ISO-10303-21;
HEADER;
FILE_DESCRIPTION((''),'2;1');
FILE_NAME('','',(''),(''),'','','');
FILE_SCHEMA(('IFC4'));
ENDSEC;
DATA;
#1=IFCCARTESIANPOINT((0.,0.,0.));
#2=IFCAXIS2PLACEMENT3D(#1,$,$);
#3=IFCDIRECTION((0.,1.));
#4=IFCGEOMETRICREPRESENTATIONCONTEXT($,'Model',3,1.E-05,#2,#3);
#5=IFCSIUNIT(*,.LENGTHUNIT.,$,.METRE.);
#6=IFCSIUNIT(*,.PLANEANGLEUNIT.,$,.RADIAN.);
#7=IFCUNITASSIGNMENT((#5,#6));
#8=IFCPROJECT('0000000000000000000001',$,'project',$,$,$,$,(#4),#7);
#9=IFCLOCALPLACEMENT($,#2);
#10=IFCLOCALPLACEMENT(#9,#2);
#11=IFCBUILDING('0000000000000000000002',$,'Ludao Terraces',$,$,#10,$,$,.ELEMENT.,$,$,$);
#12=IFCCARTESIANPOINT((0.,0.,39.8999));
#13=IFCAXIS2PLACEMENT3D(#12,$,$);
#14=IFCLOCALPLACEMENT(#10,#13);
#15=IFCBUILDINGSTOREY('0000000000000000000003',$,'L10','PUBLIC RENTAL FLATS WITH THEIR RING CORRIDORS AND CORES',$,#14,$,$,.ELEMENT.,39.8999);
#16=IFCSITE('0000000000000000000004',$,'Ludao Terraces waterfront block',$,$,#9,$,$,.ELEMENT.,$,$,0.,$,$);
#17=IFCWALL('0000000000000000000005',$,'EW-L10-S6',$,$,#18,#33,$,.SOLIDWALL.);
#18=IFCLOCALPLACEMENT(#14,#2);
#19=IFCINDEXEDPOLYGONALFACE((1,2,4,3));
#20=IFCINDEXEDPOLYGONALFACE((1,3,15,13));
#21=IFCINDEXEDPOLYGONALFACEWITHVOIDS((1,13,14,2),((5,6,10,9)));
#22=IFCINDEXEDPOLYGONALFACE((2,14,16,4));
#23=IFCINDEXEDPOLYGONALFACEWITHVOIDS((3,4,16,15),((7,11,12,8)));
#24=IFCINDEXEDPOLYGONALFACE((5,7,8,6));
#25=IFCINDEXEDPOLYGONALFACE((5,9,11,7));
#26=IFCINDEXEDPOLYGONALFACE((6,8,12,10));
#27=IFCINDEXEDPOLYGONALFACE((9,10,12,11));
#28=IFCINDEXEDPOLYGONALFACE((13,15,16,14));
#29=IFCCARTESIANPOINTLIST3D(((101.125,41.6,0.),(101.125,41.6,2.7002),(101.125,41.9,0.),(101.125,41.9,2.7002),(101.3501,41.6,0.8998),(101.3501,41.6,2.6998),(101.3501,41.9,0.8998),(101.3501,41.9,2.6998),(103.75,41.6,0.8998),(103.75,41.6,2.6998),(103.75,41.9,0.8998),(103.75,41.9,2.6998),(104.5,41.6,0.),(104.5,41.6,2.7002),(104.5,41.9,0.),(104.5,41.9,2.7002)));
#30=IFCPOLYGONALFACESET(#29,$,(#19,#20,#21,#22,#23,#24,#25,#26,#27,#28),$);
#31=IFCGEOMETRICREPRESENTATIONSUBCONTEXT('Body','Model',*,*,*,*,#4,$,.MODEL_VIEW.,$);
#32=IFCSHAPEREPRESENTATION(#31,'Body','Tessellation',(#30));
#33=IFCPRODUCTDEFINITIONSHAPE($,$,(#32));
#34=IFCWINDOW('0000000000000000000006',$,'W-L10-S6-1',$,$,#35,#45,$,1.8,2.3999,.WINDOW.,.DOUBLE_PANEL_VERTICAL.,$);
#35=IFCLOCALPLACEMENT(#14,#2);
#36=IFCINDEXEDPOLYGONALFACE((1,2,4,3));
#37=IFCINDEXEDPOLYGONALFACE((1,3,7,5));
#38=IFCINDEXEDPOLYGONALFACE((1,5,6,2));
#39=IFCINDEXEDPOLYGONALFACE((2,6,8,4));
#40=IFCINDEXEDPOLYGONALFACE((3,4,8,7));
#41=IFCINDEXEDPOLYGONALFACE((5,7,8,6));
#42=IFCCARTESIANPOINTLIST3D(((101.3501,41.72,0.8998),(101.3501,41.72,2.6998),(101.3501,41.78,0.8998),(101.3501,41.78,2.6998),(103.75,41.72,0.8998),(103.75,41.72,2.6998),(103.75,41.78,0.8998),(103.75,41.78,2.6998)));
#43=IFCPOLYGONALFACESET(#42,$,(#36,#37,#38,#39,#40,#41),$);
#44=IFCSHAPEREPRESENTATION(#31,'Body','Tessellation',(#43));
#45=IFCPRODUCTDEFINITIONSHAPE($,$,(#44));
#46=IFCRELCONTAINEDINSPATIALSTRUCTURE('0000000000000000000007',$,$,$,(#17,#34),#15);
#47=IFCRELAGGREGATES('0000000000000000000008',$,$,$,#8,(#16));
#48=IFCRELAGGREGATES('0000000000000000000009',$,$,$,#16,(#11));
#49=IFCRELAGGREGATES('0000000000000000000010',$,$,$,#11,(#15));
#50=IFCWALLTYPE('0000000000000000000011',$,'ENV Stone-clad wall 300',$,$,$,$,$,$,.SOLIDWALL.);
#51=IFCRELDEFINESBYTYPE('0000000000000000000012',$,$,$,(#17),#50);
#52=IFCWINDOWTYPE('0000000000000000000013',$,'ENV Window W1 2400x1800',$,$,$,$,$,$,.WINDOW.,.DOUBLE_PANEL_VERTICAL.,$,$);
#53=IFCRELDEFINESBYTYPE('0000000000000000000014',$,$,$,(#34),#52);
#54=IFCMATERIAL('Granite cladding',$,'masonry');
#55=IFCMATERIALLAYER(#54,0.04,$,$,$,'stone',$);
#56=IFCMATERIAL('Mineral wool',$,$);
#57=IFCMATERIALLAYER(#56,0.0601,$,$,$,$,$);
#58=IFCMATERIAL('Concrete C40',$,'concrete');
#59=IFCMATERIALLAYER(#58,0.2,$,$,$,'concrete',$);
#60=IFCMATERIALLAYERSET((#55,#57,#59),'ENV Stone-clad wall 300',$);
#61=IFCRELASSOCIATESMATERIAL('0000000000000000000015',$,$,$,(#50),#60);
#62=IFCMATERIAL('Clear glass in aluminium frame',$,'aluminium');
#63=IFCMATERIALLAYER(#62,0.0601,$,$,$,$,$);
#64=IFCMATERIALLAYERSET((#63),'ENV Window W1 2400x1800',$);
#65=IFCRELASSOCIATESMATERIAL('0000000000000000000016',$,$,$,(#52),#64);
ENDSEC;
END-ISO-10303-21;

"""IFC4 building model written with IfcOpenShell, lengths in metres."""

from ifc_helpers import new_model, si_unit, direction, frame, frame_2d, origin, place, context, subcontext, project, spatial, rectangle, extrude, material, layer, layer_set, type_object, element, fill, save


model = new_model("IFC4")

# Units and contexts
model_context = context("Model", 3, precision=1e-05, world=origin(), true_north=direction((0.0, 1.0)))
body_context = subcontext(model_context, "Body", "Model", "MODEL_VIEW")
ifc_project = project(units=[si_unit("LENGTHUNIT", "METRE"), si_unit("PLANEANGLEUNIT", "RADIAN")], contexts=[model_context])

# Site, building, storey
site_placement = place(None, origin())
site = spatial("IfcSite", under=ifc_project, at=site_placement, Name="Ludao Terraces waterfront block", CompositionType="ELEMENT", RefElevation=0.0)
building_placement = place(site_placement, origin())
building = spatial("IfcBuilding", under=site, at=building_placement, Name="Ludao Terraces", CompositionType="ELEMENT")
storey_placement = place(building_placement, frame((0.0, 0.0, 39.8999)))
storey = spatial("IfcBuildingStorey", under=building, at=storey_placement, Name="L10", Description="PUBLIC RENTAL FLATS WITH THEIR RING CORRIDORS AND CORES", CompositionType="ELEMENT", Elevation=39.8999)

# Wall, opening, window
ifc_material_1 = material(Name="Granite cladding", Category="masonry")
ifc_layer_1 = layer(ifc_material_1, 0.04, Category="stone")
ifc_material_2 = material(Name="Mineral wool")
ifc_layer_2 = layer(ifc_material_2, 0.0601)
ifc_material_3 = material(Name="Concrete C40", Category="concrete")
ifc_layer_3 = layer(ifc_material_3, 0.2, Category="concrete")
ifc_layer_set_1 = layer_set([ifc_layer_1, ifc_layer_2, ifc_layer_3], Name="ENV Stone-clad wall 300")
wall_type = type_object("IfcWallType", Name="ENV Stone-clad wall 300", PredefinedType="SOLIDWALL", material=ifc_layer_set_1)
wall_placement = place(storey_placement, frame((101.125, 41.75, 0.0), z_axis=(0.0, 0.0, 1.0), x_axis=(1.0, 0.0, 0.0)))
wall = element("IfcWall", 1, at=wall_placement, inside=storey, type_object=wall_type, Name="EW-L10-S6", PredefinedType="SOLIDWALL", context=body_context, shape_type="SweptSolid", body=[
    extrude(rectangle(XDim=3.375, YDim=0.3, at=frame_2d((1.6875, 0.0))), origin(), (0.0, 0.0, 1.0), 2.7002),
])
opening_placement = place(wall_placement, frame((0.2251, 0.0, 0.8999)))
opening = element("IfcOpeningElement", 2, at=opening_placement, cuts=wall, PredefinedType="OPENING", context=body_context, shape_type="SweptSolid", body=[
    extrude(rectangle(XDim=2.3999, YDim=1.8, at=frame_2d((1.2, 0.8999))), frame((0.0, 0.1602, 0.0), z_axis=(0.0, -1.0, 0.0), x_axis=(1.0, 0.0, 0.0)), (0.0, 0.0, 1.0), 0.3201),
])
ifc_material_4 = material(Name="Clear glass in aluminium frame", Category="aluminium")
ifc_layer_4 = layer(ifc_material_4, 0.0601)
ifc_layer_set_2 = layer_set([ifc_layer_4], Name="ENV Window W1 2400x1800")
window_type = type_object("IfcWindowType", Name="ENV Window W1 2400x1800", PartitioningType="DOUBLE_PANEL_VERTICAL", PredefinedType="WINDOW", material=ifc_layer_set_2)
window_placement = place(opening_placement, origin())
window = element("IfcWindow", 3, at=window_placement, inside=storey, type_object=window_type, Name="W-L10-S6-1", OverallHeight=1.8, OverallWidth=2.3999, PartitioningType="DOUBLE_PANEL_VERTICAL", PredefinedType="WINDOW", context=body_context, shape_type="SweptSolid", body=[
    extrude(rectangle(XDim=2.3999, YDim=1.8, at=frame_2d((1.2, 0.8999))), frame((0.0, 0.03, 0.0), z_axis=(0.0, -1.0, 0.0), x_axis=(1.0, 0.0, 0.0)), (0.0, 0.0, 1.0), 0.0601),
])
fill(opening, window)

save(model, "model.ifc")
